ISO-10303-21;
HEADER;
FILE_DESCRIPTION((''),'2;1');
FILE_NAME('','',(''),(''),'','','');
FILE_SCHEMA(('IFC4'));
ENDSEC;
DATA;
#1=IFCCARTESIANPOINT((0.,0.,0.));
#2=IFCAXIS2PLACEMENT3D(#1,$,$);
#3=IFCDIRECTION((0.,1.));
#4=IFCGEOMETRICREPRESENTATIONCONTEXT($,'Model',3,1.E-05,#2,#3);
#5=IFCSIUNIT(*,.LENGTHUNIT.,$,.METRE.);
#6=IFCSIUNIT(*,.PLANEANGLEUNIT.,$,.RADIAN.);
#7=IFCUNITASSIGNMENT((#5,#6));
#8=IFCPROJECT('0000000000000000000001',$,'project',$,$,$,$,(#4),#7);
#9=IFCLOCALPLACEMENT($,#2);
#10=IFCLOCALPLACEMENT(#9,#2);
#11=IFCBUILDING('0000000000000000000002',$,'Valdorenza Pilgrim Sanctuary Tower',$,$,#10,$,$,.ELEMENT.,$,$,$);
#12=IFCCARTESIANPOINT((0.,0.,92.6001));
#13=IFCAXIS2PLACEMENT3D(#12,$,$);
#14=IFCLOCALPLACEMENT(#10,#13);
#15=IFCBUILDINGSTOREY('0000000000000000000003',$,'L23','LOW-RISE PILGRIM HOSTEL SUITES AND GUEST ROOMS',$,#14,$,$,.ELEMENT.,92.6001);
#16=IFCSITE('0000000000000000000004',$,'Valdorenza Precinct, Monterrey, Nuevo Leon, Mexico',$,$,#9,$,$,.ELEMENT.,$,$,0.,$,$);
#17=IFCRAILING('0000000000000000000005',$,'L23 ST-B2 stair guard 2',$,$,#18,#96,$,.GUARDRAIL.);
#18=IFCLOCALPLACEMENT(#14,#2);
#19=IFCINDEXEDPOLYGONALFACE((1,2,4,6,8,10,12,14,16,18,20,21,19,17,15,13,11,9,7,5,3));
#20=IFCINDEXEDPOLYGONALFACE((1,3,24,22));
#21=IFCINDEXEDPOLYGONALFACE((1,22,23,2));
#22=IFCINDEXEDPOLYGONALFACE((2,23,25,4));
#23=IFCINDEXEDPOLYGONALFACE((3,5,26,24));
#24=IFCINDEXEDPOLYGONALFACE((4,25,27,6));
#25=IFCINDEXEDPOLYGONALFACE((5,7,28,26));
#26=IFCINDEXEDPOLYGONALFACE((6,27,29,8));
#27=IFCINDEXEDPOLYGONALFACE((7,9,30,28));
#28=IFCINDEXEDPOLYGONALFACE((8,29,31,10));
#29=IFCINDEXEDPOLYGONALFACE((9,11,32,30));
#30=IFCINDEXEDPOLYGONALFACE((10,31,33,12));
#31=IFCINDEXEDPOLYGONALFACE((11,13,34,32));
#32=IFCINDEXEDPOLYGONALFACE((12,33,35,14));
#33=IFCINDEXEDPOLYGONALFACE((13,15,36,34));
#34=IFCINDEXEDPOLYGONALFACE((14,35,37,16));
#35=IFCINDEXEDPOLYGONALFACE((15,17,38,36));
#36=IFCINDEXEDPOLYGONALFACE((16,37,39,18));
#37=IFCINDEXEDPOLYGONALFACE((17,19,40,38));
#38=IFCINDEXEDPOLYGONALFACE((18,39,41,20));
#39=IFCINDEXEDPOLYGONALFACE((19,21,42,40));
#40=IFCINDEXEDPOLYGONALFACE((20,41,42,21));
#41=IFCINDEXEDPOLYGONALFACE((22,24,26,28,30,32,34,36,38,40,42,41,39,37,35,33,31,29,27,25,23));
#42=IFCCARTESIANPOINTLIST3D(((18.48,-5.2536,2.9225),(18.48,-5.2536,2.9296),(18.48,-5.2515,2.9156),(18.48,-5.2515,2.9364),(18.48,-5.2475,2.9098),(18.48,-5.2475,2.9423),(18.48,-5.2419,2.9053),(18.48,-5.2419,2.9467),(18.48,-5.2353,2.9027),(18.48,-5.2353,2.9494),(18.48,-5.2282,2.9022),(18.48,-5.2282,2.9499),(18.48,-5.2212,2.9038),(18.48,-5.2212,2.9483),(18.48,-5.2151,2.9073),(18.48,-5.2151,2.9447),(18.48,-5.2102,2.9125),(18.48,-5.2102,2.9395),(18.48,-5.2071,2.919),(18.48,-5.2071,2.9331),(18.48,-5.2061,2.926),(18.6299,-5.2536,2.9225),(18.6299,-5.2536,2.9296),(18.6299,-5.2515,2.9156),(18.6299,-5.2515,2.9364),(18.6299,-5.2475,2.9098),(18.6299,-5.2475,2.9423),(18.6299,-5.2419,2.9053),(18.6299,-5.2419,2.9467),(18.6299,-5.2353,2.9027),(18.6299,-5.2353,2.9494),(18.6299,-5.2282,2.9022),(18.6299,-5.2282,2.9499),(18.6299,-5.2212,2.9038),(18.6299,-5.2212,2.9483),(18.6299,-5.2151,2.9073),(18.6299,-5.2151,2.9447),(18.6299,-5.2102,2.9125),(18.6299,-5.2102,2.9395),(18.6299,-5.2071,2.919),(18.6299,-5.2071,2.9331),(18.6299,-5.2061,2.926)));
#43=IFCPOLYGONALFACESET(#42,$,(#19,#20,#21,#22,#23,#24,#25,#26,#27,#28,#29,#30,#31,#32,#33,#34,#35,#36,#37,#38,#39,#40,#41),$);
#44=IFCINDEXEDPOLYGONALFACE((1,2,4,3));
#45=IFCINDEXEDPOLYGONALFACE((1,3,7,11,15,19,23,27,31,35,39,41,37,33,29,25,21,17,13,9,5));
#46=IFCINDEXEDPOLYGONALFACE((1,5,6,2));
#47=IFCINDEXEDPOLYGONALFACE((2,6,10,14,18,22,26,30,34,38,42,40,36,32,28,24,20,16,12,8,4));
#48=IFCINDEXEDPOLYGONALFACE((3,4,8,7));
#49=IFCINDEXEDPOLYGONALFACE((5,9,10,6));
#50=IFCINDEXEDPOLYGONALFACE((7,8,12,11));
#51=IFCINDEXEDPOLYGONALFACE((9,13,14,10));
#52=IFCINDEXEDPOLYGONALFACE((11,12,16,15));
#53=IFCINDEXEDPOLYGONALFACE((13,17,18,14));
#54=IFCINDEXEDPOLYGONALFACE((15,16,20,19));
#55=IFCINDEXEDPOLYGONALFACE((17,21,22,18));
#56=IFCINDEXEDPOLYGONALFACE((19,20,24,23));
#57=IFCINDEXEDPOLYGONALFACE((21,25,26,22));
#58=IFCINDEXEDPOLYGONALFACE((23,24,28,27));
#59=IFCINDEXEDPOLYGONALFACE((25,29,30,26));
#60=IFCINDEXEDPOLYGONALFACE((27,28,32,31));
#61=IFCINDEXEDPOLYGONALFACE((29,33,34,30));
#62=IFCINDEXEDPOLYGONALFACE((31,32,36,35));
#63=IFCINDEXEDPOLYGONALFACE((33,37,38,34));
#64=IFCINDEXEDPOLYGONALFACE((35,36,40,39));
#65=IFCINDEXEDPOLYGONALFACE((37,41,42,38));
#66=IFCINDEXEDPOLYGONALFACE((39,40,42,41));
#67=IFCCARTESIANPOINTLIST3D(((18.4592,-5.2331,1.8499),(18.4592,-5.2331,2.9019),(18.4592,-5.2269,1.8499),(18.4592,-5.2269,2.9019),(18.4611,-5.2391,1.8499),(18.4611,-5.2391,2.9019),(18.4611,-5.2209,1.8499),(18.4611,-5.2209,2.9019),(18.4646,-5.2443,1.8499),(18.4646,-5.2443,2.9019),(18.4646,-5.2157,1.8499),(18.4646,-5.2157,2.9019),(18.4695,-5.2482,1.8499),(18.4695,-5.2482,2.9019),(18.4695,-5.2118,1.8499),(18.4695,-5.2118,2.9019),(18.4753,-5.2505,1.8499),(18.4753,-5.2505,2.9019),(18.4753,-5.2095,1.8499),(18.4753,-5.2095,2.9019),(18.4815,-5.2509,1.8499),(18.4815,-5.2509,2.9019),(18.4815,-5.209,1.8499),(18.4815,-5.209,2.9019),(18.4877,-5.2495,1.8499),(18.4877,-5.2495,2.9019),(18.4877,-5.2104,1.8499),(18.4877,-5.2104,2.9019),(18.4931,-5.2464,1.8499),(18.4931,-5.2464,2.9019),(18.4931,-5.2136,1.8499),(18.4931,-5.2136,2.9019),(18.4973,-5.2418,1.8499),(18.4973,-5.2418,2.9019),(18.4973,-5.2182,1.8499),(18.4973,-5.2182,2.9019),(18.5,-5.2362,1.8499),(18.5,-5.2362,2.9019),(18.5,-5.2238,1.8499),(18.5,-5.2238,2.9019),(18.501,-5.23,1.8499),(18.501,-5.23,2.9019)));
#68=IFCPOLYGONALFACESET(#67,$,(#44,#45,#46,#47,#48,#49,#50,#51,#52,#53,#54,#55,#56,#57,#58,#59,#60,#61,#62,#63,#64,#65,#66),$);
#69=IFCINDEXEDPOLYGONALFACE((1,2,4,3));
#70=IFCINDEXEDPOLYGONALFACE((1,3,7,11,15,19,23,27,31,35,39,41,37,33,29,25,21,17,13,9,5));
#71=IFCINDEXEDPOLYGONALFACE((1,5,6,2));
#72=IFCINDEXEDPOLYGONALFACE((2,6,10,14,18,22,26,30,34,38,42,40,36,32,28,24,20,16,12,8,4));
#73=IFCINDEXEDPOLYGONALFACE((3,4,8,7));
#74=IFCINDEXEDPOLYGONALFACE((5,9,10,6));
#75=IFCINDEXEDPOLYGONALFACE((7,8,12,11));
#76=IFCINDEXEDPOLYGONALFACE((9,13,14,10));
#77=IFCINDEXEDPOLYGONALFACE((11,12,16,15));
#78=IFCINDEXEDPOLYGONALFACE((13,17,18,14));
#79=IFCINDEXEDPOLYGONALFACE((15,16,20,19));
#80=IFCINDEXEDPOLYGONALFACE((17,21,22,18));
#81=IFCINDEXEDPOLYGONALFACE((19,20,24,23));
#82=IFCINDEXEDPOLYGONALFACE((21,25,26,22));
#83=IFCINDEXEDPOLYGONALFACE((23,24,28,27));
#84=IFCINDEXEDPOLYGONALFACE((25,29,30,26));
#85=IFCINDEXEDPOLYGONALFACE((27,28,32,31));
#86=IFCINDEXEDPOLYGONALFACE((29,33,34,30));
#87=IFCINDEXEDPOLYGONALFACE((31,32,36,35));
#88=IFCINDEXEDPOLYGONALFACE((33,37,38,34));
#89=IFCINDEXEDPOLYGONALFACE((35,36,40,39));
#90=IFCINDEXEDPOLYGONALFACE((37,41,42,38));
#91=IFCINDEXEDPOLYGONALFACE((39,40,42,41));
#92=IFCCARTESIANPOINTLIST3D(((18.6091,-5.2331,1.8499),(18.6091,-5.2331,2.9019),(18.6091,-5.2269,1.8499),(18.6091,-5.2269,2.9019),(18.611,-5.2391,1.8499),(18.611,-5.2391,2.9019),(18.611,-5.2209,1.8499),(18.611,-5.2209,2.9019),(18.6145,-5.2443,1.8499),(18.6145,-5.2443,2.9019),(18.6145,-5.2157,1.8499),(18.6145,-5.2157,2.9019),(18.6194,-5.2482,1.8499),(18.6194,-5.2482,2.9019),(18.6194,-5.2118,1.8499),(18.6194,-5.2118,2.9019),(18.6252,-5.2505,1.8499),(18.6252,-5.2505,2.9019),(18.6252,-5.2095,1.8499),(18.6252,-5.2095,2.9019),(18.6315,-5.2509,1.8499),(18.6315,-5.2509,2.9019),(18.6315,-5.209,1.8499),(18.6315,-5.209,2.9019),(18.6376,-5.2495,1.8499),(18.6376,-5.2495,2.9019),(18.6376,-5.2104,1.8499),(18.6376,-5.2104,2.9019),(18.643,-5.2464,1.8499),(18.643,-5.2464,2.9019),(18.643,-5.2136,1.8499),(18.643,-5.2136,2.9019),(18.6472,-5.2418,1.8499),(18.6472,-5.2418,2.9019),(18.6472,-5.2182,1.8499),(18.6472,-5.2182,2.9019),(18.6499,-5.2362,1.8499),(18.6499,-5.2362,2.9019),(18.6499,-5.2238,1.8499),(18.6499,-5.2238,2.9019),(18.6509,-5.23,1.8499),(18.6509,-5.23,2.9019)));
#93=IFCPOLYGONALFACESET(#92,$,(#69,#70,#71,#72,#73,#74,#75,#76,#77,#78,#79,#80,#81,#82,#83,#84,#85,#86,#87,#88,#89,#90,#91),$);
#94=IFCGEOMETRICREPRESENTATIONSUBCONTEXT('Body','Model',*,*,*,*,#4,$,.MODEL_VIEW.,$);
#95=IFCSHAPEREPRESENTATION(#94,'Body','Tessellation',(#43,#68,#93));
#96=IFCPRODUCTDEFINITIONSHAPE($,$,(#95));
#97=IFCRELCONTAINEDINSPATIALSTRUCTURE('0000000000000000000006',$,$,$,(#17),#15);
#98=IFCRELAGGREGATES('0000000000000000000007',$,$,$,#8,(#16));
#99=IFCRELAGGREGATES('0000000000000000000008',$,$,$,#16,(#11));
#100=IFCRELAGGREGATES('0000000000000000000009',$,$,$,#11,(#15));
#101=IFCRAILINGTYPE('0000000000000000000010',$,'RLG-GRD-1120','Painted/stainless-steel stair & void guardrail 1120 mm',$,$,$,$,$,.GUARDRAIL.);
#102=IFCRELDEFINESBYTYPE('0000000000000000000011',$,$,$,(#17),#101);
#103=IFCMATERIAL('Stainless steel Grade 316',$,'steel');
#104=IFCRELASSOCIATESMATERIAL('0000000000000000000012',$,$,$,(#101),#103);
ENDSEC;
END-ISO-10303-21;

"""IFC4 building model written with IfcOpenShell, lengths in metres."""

from ifc_helpers import new_model, si_unit, direction, frame, origin, origin_2d, place, context, subcontext, project, spatial, circle, extrude, material, type_object, element, save


model = new_model("IFC4")

# Units and contexts
model_context = context("Model", 3, precision=1e-05, world=origin(), true_north=direction((0.0, 1.0)))
body_context = subcontext(model_context, "Body", "Model", "MODEL_VIEW")
ifc_project = project(units=[si_unit("LENGTHUNIT", "METRE"), si_unit("PLANEANGLEUNIT", "RADIAN")], contexts=[model_context])

# Site, building, storey
site_placement = place(None, origin())
site = spatial("IfcSite", under=ifc_project, at=site_placement, Name="Valdorenza Precinct, Monterrey, Nuevo Leon, Mexico", CompositionType="ELEMENT", RefElevation=0.0)
building_placement = place(site_placement, origin())
building = spatial("IfcBuilding", under=site, at=building_placement, Name="Valdorenza Pilgrim Sanctuary Tower", CompositionType="ELEMENT")
storey_placement = place(building_placement, frame((0.0, 0.0, 92.6001)))
storey = spatial("IfcBuildingStorey", under=building, at=storey_placement, Name="L23", Description="LOW-RISE PILGRIM HOSTEL SUITES AND GUEST ROOMS", CompositionType="ELEMENT", Elevation=92.6001)

# Railing
ifc_material_1 = material(Name="Stainless steel Grade 316", Category="steel")
railing_type_1 = type_object("IfcRailingType", Name="RLG-GRD-1120", Description="Painted/stainless-steel stair & void guardrail 1120 mm", PredefinedType="GUARDRAIL", material=ifc_material_1)
railing_1_placement = place(storey_placement, frame((18.48, -5.23, 1.8499)))
element("IfcRailing", 1, at=railing_1_placement, inside=storey, type_object=railing_type_1, Name="L23 ST-B2 stair guard 2", PredefinedType="GUARDRAIL", context=body_context, shape_type="SweptSolid", body=[
    extrude(circle(Radius=0.0239, at=origin_2d()), frame((0.0, 0.0, 1.0762), z_axis=(1.0, 0.0, 0.0), x_axis=(0.0, 1.0, 0.0)), (0.0, 0.0, 1.0), 0.1499),
    extrude(circle(Radius=0.021, at=origin_2d()), origin(), (0.0, 0.0, 1.0), 1.052),
    extrude(circle(Radius=0.021, at=origin_2d()), frame((0.1499, 0.0, 0.0)), (0.0, 0.0, 1.0), 1.052),
])

save(model, "model.ifc")
